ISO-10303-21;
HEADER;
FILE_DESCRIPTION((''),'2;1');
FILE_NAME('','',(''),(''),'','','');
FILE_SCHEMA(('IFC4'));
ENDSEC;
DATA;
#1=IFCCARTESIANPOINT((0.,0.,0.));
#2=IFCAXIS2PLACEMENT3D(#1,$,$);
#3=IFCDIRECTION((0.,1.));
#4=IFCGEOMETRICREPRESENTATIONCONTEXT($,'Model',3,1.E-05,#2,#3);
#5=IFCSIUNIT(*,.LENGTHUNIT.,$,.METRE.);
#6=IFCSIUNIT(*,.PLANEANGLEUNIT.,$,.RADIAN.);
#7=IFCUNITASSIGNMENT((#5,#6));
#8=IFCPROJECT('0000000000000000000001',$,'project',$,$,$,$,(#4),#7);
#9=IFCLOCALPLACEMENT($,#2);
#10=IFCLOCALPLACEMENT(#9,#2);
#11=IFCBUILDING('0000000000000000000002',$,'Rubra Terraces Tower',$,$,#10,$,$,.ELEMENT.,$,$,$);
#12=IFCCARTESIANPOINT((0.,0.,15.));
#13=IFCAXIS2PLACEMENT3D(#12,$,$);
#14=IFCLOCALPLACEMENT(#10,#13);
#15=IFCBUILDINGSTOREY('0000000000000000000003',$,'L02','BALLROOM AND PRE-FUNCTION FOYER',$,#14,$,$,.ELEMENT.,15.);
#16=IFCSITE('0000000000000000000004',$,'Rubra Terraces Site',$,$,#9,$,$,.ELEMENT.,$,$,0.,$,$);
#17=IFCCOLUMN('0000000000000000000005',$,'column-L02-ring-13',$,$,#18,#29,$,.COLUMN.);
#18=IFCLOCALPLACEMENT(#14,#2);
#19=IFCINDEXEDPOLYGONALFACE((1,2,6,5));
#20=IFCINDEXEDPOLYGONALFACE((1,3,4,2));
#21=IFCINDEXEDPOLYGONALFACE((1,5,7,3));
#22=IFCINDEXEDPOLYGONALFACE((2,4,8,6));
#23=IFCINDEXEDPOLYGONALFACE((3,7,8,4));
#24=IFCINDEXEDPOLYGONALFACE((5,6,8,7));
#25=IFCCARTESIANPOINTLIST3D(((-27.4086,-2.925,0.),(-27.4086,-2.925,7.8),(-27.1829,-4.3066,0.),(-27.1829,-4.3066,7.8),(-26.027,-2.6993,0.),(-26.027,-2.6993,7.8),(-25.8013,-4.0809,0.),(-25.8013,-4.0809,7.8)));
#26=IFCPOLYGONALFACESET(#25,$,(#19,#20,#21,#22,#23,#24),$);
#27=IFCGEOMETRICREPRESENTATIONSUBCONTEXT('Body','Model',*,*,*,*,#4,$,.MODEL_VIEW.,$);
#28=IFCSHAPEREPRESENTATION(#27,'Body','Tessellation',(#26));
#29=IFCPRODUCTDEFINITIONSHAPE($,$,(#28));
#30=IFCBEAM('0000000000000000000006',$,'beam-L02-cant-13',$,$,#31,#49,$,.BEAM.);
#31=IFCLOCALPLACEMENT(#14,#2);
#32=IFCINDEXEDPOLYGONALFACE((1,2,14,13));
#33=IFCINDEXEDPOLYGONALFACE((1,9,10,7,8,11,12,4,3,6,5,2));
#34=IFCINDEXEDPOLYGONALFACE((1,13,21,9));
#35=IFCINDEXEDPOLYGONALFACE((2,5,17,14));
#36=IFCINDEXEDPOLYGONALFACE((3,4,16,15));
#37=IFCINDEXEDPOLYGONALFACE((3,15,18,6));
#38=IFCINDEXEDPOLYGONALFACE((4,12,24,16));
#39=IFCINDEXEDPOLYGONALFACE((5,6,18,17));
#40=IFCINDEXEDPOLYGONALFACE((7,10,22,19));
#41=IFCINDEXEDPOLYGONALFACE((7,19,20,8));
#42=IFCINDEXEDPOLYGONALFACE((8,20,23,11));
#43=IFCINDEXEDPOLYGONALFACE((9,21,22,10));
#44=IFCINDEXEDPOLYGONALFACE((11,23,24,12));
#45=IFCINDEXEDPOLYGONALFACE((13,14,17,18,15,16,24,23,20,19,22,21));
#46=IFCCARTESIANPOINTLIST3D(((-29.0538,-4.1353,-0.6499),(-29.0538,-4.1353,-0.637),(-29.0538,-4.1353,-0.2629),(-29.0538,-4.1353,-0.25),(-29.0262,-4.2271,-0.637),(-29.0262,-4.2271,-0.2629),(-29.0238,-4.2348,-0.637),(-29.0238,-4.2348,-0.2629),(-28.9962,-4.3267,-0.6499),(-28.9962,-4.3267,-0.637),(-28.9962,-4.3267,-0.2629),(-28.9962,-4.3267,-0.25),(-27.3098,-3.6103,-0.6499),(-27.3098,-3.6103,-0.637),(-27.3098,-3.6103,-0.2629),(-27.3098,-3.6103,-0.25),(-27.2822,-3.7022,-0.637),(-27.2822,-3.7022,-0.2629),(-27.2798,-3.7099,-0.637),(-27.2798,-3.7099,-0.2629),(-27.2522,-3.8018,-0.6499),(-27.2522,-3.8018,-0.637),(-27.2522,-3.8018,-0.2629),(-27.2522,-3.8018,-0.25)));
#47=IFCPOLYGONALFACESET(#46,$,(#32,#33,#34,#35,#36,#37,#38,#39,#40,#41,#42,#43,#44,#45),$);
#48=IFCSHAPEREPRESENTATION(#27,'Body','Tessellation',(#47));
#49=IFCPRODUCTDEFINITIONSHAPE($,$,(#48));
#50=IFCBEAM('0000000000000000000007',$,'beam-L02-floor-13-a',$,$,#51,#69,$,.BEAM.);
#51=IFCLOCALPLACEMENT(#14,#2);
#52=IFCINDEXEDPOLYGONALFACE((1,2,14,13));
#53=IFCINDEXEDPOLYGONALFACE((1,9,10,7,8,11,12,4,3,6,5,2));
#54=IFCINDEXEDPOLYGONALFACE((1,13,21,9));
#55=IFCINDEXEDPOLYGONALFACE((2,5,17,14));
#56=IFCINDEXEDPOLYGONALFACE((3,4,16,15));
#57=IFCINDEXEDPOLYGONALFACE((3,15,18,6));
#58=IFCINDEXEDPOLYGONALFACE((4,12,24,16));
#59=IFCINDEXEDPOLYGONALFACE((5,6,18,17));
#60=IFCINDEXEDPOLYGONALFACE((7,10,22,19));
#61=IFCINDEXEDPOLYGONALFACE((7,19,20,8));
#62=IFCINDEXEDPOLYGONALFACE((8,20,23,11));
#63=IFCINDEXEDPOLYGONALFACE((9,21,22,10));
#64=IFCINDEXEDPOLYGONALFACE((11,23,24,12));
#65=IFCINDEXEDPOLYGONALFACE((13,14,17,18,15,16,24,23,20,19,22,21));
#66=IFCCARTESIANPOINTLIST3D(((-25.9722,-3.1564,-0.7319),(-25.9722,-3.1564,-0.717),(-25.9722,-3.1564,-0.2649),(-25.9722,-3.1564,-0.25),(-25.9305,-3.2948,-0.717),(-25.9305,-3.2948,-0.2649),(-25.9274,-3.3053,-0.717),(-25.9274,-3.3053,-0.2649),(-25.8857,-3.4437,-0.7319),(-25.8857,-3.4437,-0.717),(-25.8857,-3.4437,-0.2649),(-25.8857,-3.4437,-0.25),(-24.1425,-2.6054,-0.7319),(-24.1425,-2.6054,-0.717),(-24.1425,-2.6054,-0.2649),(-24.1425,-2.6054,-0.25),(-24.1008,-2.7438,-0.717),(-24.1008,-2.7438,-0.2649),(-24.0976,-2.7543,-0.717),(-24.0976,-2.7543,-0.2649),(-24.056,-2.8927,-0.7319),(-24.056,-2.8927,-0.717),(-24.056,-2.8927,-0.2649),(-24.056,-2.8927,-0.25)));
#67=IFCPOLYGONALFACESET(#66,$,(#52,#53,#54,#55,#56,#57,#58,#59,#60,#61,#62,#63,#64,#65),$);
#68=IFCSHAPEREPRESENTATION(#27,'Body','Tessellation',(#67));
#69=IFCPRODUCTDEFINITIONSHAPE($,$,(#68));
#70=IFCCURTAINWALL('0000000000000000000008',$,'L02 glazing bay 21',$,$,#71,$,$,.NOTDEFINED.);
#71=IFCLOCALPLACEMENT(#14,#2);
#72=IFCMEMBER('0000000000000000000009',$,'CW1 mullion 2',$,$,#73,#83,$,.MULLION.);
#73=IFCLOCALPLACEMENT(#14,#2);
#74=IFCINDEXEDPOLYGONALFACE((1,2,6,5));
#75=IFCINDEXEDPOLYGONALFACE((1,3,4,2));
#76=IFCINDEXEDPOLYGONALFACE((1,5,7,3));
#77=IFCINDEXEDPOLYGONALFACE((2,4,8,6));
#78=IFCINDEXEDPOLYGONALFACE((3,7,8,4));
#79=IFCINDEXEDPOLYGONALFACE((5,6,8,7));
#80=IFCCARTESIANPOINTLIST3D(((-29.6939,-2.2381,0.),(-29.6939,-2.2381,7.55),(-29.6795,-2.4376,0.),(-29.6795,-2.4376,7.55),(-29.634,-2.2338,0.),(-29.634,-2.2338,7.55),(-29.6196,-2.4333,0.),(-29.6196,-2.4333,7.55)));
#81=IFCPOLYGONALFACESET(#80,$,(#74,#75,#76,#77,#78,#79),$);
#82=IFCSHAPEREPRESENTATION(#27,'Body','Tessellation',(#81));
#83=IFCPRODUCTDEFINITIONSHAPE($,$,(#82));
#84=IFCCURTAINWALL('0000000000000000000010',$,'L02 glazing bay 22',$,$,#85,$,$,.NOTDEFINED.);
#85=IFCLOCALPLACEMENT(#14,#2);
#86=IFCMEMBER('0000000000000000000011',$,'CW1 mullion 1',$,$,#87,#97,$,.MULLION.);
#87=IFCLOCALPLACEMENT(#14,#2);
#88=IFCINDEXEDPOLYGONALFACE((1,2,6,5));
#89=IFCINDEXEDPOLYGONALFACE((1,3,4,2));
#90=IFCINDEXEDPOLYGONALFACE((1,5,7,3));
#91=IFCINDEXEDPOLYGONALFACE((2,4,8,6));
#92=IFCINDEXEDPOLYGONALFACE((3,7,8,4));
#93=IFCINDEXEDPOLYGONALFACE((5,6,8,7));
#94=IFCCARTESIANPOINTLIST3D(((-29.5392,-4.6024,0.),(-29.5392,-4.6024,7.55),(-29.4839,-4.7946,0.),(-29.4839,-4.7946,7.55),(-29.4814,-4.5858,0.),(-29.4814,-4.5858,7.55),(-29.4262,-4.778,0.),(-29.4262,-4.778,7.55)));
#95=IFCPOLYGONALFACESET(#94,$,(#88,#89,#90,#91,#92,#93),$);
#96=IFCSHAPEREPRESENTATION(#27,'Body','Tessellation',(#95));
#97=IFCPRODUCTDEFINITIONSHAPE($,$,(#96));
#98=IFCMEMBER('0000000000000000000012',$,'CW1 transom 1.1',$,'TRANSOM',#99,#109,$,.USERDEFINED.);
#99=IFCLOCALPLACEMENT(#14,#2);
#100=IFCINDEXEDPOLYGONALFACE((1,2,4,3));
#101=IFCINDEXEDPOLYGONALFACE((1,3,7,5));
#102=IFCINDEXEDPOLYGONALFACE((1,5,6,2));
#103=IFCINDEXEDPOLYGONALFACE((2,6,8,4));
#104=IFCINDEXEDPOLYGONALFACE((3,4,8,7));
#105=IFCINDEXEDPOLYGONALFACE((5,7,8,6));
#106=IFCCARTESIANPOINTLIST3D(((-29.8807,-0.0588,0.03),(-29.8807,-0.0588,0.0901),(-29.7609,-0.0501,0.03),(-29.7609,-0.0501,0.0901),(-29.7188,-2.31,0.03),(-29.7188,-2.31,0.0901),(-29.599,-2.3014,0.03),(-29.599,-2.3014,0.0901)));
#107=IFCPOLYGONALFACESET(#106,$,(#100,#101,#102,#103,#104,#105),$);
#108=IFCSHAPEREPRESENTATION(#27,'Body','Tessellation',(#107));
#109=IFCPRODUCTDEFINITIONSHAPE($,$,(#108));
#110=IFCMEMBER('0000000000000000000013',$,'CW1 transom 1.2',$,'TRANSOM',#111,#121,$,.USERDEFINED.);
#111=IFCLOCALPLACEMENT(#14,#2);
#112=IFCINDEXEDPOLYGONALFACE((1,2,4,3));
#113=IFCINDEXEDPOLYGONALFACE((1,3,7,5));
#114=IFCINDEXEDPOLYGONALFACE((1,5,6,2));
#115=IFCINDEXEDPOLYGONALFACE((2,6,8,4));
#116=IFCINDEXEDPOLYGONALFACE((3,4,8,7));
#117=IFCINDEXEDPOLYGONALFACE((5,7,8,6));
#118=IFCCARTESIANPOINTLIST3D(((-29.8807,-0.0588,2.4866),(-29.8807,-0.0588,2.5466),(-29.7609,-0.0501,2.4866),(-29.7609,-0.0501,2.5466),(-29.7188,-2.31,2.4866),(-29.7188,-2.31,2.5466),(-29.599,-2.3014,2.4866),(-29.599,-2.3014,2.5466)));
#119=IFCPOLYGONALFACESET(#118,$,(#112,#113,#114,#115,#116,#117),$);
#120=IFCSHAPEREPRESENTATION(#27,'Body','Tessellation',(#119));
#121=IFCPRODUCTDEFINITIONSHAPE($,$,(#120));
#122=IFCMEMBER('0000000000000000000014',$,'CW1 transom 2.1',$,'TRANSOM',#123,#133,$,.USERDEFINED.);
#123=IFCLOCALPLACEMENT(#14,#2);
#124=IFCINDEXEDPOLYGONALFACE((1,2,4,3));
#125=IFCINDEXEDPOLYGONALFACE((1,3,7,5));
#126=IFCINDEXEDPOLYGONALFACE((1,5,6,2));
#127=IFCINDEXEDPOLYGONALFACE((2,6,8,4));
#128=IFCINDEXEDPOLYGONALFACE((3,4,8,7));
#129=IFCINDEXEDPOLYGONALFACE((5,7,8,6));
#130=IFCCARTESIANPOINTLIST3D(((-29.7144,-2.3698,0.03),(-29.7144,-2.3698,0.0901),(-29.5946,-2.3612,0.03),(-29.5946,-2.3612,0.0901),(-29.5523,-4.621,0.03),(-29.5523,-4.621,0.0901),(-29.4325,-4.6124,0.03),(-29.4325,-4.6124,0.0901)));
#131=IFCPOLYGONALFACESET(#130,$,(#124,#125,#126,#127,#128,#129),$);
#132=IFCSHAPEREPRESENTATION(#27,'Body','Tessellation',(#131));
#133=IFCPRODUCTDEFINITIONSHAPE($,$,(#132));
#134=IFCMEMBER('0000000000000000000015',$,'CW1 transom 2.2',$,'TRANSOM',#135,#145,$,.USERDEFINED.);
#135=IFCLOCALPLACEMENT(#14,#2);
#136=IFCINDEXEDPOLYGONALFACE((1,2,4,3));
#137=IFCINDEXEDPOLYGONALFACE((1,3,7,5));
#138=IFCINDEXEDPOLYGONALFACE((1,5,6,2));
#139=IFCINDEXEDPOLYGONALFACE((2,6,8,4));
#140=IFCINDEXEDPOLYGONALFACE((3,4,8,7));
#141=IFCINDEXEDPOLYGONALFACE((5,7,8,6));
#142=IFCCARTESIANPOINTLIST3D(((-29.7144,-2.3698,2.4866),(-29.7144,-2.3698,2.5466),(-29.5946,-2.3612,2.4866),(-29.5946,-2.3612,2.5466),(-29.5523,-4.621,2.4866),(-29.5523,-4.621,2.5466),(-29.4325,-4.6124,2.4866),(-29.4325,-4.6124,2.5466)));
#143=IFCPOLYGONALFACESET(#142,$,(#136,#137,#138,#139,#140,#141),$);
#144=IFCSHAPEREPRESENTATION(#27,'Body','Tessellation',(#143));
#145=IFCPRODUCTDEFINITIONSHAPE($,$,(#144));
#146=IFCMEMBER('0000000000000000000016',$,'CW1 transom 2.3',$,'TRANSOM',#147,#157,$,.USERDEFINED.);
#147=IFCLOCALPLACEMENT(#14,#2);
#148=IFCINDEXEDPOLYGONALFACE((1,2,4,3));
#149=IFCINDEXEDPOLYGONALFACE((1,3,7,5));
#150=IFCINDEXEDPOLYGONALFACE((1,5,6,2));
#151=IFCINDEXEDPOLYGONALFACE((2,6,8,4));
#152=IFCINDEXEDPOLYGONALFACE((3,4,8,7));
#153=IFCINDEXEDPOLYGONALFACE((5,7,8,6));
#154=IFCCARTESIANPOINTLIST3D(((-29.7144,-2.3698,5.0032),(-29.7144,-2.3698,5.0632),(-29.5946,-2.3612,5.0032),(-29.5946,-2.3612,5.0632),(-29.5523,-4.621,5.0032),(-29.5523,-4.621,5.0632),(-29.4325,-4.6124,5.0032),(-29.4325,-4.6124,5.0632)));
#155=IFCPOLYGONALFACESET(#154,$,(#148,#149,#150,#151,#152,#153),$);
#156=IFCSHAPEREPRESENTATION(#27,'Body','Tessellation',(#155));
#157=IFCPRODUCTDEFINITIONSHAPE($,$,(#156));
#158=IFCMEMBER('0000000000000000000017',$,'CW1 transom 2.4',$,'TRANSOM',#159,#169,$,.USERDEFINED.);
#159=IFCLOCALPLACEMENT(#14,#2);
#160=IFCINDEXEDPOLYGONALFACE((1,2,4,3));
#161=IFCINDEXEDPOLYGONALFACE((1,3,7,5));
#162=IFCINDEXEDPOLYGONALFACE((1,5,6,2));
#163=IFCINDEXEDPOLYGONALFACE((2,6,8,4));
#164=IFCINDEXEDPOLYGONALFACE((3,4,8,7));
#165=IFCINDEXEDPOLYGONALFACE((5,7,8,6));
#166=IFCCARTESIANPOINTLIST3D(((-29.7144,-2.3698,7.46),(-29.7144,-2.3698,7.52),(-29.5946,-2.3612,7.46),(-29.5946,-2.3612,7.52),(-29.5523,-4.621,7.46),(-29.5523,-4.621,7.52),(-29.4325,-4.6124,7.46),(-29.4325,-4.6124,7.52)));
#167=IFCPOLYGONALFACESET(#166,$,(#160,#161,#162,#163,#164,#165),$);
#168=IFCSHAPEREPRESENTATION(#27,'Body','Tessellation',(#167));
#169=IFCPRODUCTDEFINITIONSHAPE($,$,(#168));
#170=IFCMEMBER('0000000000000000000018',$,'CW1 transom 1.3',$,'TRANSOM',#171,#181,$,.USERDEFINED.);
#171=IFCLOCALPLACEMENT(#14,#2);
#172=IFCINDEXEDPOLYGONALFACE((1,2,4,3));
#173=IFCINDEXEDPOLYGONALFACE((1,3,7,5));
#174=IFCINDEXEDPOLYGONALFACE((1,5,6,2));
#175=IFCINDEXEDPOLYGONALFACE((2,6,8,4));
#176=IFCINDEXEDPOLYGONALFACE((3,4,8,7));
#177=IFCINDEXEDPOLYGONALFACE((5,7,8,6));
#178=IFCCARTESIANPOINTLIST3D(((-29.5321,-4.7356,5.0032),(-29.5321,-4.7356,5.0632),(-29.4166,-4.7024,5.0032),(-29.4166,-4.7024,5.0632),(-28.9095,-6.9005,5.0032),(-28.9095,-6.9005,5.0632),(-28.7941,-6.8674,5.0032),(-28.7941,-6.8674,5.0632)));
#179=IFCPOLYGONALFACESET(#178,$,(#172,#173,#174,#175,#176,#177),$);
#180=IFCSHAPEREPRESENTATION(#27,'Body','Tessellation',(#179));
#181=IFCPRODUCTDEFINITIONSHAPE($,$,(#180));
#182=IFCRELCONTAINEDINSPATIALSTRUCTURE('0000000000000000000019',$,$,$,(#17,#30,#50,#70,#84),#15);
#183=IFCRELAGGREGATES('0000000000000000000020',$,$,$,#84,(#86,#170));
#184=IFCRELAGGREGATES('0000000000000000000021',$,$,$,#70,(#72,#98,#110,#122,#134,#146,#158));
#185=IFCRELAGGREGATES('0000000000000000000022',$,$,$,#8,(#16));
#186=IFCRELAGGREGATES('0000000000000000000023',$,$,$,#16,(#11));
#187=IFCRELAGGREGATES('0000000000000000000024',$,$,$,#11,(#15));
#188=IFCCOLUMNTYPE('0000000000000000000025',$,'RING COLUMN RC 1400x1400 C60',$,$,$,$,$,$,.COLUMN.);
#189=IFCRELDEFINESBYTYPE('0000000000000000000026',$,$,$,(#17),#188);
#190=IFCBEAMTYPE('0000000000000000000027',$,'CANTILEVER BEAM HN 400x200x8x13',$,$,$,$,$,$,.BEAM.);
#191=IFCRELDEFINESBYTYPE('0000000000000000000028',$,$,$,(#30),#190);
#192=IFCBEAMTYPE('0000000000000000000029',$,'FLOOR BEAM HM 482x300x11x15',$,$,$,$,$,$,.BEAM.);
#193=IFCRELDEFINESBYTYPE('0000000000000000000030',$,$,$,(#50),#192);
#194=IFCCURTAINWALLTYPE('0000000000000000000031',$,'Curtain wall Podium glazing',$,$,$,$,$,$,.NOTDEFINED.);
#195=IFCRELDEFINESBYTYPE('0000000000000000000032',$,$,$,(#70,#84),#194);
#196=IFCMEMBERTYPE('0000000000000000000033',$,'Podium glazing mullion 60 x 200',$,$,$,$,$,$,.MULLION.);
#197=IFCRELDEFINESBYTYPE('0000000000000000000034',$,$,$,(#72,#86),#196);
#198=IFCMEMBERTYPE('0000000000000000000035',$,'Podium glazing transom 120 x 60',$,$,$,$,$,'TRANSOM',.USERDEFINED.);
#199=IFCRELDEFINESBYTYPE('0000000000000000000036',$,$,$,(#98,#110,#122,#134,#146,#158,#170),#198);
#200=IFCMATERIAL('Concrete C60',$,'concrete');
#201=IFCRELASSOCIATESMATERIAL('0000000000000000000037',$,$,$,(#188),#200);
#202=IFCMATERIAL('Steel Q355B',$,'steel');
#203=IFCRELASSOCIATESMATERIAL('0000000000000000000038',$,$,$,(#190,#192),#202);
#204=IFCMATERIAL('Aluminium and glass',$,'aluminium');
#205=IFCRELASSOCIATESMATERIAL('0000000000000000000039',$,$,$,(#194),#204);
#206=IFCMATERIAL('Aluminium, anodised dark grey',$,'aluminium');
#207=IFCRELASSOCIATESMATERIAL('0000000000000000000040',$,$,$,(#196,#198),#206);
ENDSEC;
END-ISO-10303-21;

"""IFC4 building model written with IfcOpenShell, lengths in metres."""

from ifc_helpers import new_model, si_unit, direction, frame, origin, origin_2d, place, context, subcontext, project, spatial, rectangle, i_section, extrude, material, material_profile, profile_set, type_object, element, aggregate, save


model = new_model("IFC4")

# Units and contexts
model_context = context("Model", 3, precision=1e-05, world=origin(), true_north=direction((0.0, 1.0)))
body_context = subcontext(model_context, "Body", "Model", "MODEL_VIEW")
ifc_project = project(units=[si_unit("LENGTHUNIT", "METRE"), si_unit("PLANEANGLEUNIT", "RADIAN")], contexts=[model_context])

# Site, building, storey
site_placement = place(None, origin())
site = spatial("IfcSite", under=ifc_project, at=site_placement, Name="Rubra Terraces Site", CompositionType="ELEMENT", RefElevation=0.0)
building_placement = place(site_placement, origin())
building = spatial("IfcBuilding", under=site, at=building_placement, Name="Rubra Terraces Tower", CompositionType="ELEMENT")
storey_placement = place(building_placement, frame((0.0, 0.0, 15.0)))
storey = spatial("IfcBuildingStorey", under=building, at=storey_placement, Name="L02", Description="BALLROOM AND PRE-FUNCTION FOYER", CompositionType="ELEMENT", Elevation=15.0)

# Column
ifc_material_1 = material(Name="Concrete C60", Category="concrete")
ifc_material_profile_1 = material_profile(ifc_material_1, rectangle(XDim=1.3999, YDim=1.3999, at=origin_2d()), Name="RC 1400x1400")
ifc_profile_set_1 = profile_set([ifc_material_profile_1], Name="Concrete C60")
column_type = type_object("IfcColumnType", Name="RING COLUMN RC 1400x1400 C60", PredefinedType="COLUMN", material=ifc_profile_set_1)
column_placement = place(storey_placement, frame((-26.605, -3.5029, 0.0), z_axis=(0.0, 0.0, 1.0), x_axis=(0.161234, -0.986916, 0.0)))
element("IfcColumn", 1, at=column_placement, inside=storey, type_object=column_type, Name="column-L02-ring-13", PredefinedType="COLUMN", context=body_context, shape_type="SweptSolid", body=[
    extrude(rectangle(XDim=1.3999, YDim=1.3999, at=origin_2d()), origin(), (0.0, 0.0, 1.0), 7.8),
])

# Beams
ifc_material_2 = material(Name="Steel Q355B", Category="steel")
ifc_material_profile_2 = material_profile(ifc_material_2, i_section(OverallWidth=0.2, OverallDepth=0.3999, WebThickness=0.0081, FlangeThickness=0.0129, at=origin_2d()), Name="HN 400x200x8x13")
ifc_profile_set_2 = profile_set([ifc_material_profile_2], Name="Steel Q355B")
beam_type_1 = type_object("IfcBeamType", Name="CANTILEVER BEAM HN 400x200x8x13", PredefinedType="BEAM", material=ifc_profile_set_2)
beam_1_placement = place(storey_placement, frame((-27.281, -3.7061, -0.45), z_axis=(-0.957564, -0.288221, 0.0), x_axis=(0.288221, -0.957564, 0.0)))
element("IfcBeam", 2, at=beam_1_placement, inside=storey, type_object=beam_type_1, Name="beam-L02-cant-13", PredefinedType="BEAM", context=body_context, shape_type="SweptSolid", body=[
    extrude(i_section(OverallWidth=0.2, OverallDepth=0.3999, WebThickness=0.0081, FlangeThickness=0.0129, at=origin_2d()), origin(), (0.0, 0.0, 1.0), 1.8213),
])
ifc_material_profile_3 = material_profile(ifc_material_2, i_section(OverallWidth=0.3, OverallDepth=0.4819, WebThickness=0.011, FlangeThickness=0.0149, at=origin_2d()), Name="HM 482x300x11x15")
ifc_profile_set_3 = profile_set([ifc_material_profile_3], Name="Steel Q355B")
beam_type_2 = type_object("IfcBeamType", Name="FLOOR BEAM HM 482x300x11x15", PredefinedType="BEAM", material=ifc_profile_set_3)
beam_2_placement = place(storey_placement, frame((-25.929, -3.3, -0.491), z_axis=(0.957527, 0.288344, 0.0), x_axis=(-0.288344, 0.957527, 0.0)))
element("IfcBeam", 3, at=beam_2_placement, inside=storey, type_object=beam_type_2, Name="beam-L02-floor-13-a", PredefinedType="BEAM", context=body_context, shape_type="SweptSolid", body=[
    extrude(i_section(OverallWidth=0.3, OverallDepth=0.4819, WebThickness=0.011, FlangeThickness=0.0149, at=origin_2d()), origin(), (0.0, 0.0, 1.0), 1.9109),
])

# Curtain walls, members
ifc_material_3 = material(Name="Aluminium and glass", Category="aluminium")
curtain_wall_type = type_object("IfcCurtainWallType", Name="Curtain wall Podium glazing", PredefinedType="NOTDEFINED", material=ifc_material_3)
curtain_wall_1_placement = place(storey_placement, origin())
curtain_wall_1 = element("IfcCurtainWall", 4, at=curtain_wall_1_placement, inside=storey, type_object=curtain_wall_type, Name="L02 glazing bay 21", PredefinedType="NOTDEFINED")
ifc_material_4 = material(Name="Aluminium, anodised dark grey", Category="aluminium")
ifc_material_profile_4 = material_profile(ifc_material_4, rectangle(XDim=0.0601, YDim=0.2, at=origin_2d()), Name="AL 60x200")
ifc_profile_set_4 = profile_set([ifc_material_profile_4], Name="Aluminium, anodised dark grey")
member_type_1 = type_object("IfcMemberType", Name="Podium glazing mullion 60 x 200", PredefinedType="MULLION", material=ifc_profile_set_4)
member_1_placement = place(storey_placement, frame((-29.6567, -2.3357, 0.0), z_axis=(0.0, 0.0, 1.0), x_axis=(0.99742, 0.071792, 0.0)))
member_1 = element("IfcMember", 5, at=member_1_placement, type_object=member_type_1, Name="CW1 mullion 2", PredefinedType="MULLION", context=body_context, shape_type="SweptSolid", body=[
    extrude(rectangle(XDim=0.0601, YDim=0.2, at=origin_2d()), origin(), (0.0, 0.0, 1.0), 7.55),
])
curtain_wall_2_placement = place(storey_placement, origin())
curtain_wall_2 = element("IfcCurtainWall", 6, at=curtain_wall_2_placement, inside=storey, type_object=curtain_wall_type, Name="L02 glazing bay 22", PredefinedType="NOTDEFINED")
member_2_placement = place(storey_placement, frame((-29.4827, -4.6902, 0.0), z_axis=(0.0, 0.0, 1.0), x_axis=(0.961047, 0.276384, 0.0)))
member_2 = element("IfcMember", 7, at=member_2_placement, type_object=member_type_1, Name="CW1 mullion 1", PredefinedType="MULLION", context=body_context, shape_type="SweptSolid", body=[
    extrude(rectangle(XDim=0.0601, YDim=0.2, at=origin_2d()), origin(), (0.0, 0.0, 1.0), 7.55),
])

# Members
ifc_material_profile_5 = material_profile(ifc_material_4, rectangle(XDim=0.1201, YDim=0.0601, at=origin_2d()), Name="AL 120x60")
ifc_profile_set_5 = profile_set([ifc_material_profile_5], Name="Aluminium, anodised dark grey")
member_type_2 = type_object("IfcMemberType", Name="Podium glazing transom 120 x 60", ElementType="TRANSOM", PredefinedType="USERDEFINED", material=ifc_profile_set_5)
member_3_placement = place(storey_placement, frame((-29.8208, -0.0544, 0.0601), z_axis=(0.071716, -0.997425, 0.0), x_axis=(0.997425, 0.071716, 0.0)))
member_3 = element("IfcMember", 8, at=member_3_placement, type_object=member_type_2, Name="CW1 transom 1.1", ObjectType="TRANSOM", PredefinedType="USERDEFINED", context=body_context, shape_type="SweptSolid", body=[
    extrude(rectangle(XDim=0.1201, YDim=0.0601, at=origin_2d()), origin(), (0.0, 0.0, 1.0), 2.2571),
])
member_4_placement = place(storey_placement, frame((-29.8208, -0.0544, 2.5166), z_axis=(0.071716, -0.997425, 0.0), x_axis=(0.997425, 0.071716, 0.0)))
member_4 = element("IfcMember", 9, at=member_4_placement, type_object=member_type_2, Name="CW1 transom 1.2", ObjectType="TRANSOM", PredefinedType="USERDEFINED", context=body_context, shape_type="SweptSolid", body=[
    extrude(rectangle(XDim=0.1201, YDim=0.0601, at=origin_2d()), origin(), (0.0, 0.0, 1.0), 2.2571),
])
member_5_placement = place(storey_placement, frame((-29.6545, -2.3655, 0.0601), z_axis=(0.071824, -0.997417, 0.0), x_axis=(0.997417, 0.071824, 0.0)))
member_5 = element("IfcMember", 10, at=member_5_placement, type_object=member_type_2, Name="CW1 transom 2.1", ObjectType="TRANSOM", PredefinedType="USERDEFINED", context=body_context, shape_type="SweptSolid", body=[
    extrude(rectangle(XDim=0.1201, YDim=0.0601, at=origin_2d()), origin(), (0.0, 0.0, 1.0), 2.2571),
])
member_6_placement = place(storey_placement, frame((-29.6545, -2.3655, 2.5166), z_axis=(0.071824, -0.997417, 0.0), x_axis=(0.997417, 0.071824, 0.0)))
member_6 = element("IfcMember", 11, at=member_6_placement, type_object=member_type_2, Name="CW1 transom 2.2", ObjectType="TRANSOM", PredefinedType="USERDEFINED", context=body_context, shape_type="SweptSolid", body=[
    extrude(rectangle(XDim=0.1201, YDim=0.0601, at=origin_2d()), origin(), (0.0, 0.0, 1.0), 2.2571),
])
member_7_placement = place(storey_placement, frame((-29.6545, -2.3655, 5.0332), z_axis=(0.071824, -0.997417, 0.0), x_axis=(0.997417, 0.071824, 0.0)))
member_7 = element("IfcMember", 12, at=member_7_placement, type_object=member_type_2, Name="CW1 transom 2.3", ObjectType="TRANSOM", PredefinedType="USERDEFINED", context=body_context, shape_type="SweptSolid", body=[
    extrude(rectangle(XDim=0.1201, YDim=0.0601, at=origin_2d()), origin(), (0.0, 0.0, 1.0), 2.2571),
])
member_8_placement = place(storey_placement, frame((-29.6545, -2.3655, 7.49), z_axis=(0.071824, -0.997417, 0.0), x_axis=(0.997417, 0.071824, 0.0)))
member_8 = element("IfcMember", 13, at=member_8_placement, type_object=member_type_2, Name="CW1 transom 2.4", ObjectType="TRANSOM", PredefinedType="USERDEFINED", context=body_context, shape_type="SweptSolid", body=[
    extrude(rectangle(XDim=0.1201, YDim=0.0601, at=origin_2d()), origin(), (0.0, 0.0, 1.0), 2.2571),
])
member_9_placement = place(storey_placement, frame((-29.4744, -4.719, 5.0332), z_axis=(0.276352, -0.961056, 0.0), x_axis=(0.961056, 0.276352, 0.0)))
member_9 = element("IfcMember", 14, at=member_9_placement, type_object=member_type_2, Name="CW1 transom 1.3", ObjectType="TRANSOM", PredefinedType="USERDEFINED", context=body_context, shape_type="SweptSolid", body=[
    extrude(rectangle(XDim=0.1201, YDim=0.0601, at=origin_2d()), origin(), (0.0, 0.0, 1.0), 2.2527),
])
aggregate(curtain_wall_2, [member_2, member_9])

aggregate(curtain_wall_1, [member_1, member_3, member_4, member_5, member_6, member_7, member_8])

save(model, "model.ifc")
